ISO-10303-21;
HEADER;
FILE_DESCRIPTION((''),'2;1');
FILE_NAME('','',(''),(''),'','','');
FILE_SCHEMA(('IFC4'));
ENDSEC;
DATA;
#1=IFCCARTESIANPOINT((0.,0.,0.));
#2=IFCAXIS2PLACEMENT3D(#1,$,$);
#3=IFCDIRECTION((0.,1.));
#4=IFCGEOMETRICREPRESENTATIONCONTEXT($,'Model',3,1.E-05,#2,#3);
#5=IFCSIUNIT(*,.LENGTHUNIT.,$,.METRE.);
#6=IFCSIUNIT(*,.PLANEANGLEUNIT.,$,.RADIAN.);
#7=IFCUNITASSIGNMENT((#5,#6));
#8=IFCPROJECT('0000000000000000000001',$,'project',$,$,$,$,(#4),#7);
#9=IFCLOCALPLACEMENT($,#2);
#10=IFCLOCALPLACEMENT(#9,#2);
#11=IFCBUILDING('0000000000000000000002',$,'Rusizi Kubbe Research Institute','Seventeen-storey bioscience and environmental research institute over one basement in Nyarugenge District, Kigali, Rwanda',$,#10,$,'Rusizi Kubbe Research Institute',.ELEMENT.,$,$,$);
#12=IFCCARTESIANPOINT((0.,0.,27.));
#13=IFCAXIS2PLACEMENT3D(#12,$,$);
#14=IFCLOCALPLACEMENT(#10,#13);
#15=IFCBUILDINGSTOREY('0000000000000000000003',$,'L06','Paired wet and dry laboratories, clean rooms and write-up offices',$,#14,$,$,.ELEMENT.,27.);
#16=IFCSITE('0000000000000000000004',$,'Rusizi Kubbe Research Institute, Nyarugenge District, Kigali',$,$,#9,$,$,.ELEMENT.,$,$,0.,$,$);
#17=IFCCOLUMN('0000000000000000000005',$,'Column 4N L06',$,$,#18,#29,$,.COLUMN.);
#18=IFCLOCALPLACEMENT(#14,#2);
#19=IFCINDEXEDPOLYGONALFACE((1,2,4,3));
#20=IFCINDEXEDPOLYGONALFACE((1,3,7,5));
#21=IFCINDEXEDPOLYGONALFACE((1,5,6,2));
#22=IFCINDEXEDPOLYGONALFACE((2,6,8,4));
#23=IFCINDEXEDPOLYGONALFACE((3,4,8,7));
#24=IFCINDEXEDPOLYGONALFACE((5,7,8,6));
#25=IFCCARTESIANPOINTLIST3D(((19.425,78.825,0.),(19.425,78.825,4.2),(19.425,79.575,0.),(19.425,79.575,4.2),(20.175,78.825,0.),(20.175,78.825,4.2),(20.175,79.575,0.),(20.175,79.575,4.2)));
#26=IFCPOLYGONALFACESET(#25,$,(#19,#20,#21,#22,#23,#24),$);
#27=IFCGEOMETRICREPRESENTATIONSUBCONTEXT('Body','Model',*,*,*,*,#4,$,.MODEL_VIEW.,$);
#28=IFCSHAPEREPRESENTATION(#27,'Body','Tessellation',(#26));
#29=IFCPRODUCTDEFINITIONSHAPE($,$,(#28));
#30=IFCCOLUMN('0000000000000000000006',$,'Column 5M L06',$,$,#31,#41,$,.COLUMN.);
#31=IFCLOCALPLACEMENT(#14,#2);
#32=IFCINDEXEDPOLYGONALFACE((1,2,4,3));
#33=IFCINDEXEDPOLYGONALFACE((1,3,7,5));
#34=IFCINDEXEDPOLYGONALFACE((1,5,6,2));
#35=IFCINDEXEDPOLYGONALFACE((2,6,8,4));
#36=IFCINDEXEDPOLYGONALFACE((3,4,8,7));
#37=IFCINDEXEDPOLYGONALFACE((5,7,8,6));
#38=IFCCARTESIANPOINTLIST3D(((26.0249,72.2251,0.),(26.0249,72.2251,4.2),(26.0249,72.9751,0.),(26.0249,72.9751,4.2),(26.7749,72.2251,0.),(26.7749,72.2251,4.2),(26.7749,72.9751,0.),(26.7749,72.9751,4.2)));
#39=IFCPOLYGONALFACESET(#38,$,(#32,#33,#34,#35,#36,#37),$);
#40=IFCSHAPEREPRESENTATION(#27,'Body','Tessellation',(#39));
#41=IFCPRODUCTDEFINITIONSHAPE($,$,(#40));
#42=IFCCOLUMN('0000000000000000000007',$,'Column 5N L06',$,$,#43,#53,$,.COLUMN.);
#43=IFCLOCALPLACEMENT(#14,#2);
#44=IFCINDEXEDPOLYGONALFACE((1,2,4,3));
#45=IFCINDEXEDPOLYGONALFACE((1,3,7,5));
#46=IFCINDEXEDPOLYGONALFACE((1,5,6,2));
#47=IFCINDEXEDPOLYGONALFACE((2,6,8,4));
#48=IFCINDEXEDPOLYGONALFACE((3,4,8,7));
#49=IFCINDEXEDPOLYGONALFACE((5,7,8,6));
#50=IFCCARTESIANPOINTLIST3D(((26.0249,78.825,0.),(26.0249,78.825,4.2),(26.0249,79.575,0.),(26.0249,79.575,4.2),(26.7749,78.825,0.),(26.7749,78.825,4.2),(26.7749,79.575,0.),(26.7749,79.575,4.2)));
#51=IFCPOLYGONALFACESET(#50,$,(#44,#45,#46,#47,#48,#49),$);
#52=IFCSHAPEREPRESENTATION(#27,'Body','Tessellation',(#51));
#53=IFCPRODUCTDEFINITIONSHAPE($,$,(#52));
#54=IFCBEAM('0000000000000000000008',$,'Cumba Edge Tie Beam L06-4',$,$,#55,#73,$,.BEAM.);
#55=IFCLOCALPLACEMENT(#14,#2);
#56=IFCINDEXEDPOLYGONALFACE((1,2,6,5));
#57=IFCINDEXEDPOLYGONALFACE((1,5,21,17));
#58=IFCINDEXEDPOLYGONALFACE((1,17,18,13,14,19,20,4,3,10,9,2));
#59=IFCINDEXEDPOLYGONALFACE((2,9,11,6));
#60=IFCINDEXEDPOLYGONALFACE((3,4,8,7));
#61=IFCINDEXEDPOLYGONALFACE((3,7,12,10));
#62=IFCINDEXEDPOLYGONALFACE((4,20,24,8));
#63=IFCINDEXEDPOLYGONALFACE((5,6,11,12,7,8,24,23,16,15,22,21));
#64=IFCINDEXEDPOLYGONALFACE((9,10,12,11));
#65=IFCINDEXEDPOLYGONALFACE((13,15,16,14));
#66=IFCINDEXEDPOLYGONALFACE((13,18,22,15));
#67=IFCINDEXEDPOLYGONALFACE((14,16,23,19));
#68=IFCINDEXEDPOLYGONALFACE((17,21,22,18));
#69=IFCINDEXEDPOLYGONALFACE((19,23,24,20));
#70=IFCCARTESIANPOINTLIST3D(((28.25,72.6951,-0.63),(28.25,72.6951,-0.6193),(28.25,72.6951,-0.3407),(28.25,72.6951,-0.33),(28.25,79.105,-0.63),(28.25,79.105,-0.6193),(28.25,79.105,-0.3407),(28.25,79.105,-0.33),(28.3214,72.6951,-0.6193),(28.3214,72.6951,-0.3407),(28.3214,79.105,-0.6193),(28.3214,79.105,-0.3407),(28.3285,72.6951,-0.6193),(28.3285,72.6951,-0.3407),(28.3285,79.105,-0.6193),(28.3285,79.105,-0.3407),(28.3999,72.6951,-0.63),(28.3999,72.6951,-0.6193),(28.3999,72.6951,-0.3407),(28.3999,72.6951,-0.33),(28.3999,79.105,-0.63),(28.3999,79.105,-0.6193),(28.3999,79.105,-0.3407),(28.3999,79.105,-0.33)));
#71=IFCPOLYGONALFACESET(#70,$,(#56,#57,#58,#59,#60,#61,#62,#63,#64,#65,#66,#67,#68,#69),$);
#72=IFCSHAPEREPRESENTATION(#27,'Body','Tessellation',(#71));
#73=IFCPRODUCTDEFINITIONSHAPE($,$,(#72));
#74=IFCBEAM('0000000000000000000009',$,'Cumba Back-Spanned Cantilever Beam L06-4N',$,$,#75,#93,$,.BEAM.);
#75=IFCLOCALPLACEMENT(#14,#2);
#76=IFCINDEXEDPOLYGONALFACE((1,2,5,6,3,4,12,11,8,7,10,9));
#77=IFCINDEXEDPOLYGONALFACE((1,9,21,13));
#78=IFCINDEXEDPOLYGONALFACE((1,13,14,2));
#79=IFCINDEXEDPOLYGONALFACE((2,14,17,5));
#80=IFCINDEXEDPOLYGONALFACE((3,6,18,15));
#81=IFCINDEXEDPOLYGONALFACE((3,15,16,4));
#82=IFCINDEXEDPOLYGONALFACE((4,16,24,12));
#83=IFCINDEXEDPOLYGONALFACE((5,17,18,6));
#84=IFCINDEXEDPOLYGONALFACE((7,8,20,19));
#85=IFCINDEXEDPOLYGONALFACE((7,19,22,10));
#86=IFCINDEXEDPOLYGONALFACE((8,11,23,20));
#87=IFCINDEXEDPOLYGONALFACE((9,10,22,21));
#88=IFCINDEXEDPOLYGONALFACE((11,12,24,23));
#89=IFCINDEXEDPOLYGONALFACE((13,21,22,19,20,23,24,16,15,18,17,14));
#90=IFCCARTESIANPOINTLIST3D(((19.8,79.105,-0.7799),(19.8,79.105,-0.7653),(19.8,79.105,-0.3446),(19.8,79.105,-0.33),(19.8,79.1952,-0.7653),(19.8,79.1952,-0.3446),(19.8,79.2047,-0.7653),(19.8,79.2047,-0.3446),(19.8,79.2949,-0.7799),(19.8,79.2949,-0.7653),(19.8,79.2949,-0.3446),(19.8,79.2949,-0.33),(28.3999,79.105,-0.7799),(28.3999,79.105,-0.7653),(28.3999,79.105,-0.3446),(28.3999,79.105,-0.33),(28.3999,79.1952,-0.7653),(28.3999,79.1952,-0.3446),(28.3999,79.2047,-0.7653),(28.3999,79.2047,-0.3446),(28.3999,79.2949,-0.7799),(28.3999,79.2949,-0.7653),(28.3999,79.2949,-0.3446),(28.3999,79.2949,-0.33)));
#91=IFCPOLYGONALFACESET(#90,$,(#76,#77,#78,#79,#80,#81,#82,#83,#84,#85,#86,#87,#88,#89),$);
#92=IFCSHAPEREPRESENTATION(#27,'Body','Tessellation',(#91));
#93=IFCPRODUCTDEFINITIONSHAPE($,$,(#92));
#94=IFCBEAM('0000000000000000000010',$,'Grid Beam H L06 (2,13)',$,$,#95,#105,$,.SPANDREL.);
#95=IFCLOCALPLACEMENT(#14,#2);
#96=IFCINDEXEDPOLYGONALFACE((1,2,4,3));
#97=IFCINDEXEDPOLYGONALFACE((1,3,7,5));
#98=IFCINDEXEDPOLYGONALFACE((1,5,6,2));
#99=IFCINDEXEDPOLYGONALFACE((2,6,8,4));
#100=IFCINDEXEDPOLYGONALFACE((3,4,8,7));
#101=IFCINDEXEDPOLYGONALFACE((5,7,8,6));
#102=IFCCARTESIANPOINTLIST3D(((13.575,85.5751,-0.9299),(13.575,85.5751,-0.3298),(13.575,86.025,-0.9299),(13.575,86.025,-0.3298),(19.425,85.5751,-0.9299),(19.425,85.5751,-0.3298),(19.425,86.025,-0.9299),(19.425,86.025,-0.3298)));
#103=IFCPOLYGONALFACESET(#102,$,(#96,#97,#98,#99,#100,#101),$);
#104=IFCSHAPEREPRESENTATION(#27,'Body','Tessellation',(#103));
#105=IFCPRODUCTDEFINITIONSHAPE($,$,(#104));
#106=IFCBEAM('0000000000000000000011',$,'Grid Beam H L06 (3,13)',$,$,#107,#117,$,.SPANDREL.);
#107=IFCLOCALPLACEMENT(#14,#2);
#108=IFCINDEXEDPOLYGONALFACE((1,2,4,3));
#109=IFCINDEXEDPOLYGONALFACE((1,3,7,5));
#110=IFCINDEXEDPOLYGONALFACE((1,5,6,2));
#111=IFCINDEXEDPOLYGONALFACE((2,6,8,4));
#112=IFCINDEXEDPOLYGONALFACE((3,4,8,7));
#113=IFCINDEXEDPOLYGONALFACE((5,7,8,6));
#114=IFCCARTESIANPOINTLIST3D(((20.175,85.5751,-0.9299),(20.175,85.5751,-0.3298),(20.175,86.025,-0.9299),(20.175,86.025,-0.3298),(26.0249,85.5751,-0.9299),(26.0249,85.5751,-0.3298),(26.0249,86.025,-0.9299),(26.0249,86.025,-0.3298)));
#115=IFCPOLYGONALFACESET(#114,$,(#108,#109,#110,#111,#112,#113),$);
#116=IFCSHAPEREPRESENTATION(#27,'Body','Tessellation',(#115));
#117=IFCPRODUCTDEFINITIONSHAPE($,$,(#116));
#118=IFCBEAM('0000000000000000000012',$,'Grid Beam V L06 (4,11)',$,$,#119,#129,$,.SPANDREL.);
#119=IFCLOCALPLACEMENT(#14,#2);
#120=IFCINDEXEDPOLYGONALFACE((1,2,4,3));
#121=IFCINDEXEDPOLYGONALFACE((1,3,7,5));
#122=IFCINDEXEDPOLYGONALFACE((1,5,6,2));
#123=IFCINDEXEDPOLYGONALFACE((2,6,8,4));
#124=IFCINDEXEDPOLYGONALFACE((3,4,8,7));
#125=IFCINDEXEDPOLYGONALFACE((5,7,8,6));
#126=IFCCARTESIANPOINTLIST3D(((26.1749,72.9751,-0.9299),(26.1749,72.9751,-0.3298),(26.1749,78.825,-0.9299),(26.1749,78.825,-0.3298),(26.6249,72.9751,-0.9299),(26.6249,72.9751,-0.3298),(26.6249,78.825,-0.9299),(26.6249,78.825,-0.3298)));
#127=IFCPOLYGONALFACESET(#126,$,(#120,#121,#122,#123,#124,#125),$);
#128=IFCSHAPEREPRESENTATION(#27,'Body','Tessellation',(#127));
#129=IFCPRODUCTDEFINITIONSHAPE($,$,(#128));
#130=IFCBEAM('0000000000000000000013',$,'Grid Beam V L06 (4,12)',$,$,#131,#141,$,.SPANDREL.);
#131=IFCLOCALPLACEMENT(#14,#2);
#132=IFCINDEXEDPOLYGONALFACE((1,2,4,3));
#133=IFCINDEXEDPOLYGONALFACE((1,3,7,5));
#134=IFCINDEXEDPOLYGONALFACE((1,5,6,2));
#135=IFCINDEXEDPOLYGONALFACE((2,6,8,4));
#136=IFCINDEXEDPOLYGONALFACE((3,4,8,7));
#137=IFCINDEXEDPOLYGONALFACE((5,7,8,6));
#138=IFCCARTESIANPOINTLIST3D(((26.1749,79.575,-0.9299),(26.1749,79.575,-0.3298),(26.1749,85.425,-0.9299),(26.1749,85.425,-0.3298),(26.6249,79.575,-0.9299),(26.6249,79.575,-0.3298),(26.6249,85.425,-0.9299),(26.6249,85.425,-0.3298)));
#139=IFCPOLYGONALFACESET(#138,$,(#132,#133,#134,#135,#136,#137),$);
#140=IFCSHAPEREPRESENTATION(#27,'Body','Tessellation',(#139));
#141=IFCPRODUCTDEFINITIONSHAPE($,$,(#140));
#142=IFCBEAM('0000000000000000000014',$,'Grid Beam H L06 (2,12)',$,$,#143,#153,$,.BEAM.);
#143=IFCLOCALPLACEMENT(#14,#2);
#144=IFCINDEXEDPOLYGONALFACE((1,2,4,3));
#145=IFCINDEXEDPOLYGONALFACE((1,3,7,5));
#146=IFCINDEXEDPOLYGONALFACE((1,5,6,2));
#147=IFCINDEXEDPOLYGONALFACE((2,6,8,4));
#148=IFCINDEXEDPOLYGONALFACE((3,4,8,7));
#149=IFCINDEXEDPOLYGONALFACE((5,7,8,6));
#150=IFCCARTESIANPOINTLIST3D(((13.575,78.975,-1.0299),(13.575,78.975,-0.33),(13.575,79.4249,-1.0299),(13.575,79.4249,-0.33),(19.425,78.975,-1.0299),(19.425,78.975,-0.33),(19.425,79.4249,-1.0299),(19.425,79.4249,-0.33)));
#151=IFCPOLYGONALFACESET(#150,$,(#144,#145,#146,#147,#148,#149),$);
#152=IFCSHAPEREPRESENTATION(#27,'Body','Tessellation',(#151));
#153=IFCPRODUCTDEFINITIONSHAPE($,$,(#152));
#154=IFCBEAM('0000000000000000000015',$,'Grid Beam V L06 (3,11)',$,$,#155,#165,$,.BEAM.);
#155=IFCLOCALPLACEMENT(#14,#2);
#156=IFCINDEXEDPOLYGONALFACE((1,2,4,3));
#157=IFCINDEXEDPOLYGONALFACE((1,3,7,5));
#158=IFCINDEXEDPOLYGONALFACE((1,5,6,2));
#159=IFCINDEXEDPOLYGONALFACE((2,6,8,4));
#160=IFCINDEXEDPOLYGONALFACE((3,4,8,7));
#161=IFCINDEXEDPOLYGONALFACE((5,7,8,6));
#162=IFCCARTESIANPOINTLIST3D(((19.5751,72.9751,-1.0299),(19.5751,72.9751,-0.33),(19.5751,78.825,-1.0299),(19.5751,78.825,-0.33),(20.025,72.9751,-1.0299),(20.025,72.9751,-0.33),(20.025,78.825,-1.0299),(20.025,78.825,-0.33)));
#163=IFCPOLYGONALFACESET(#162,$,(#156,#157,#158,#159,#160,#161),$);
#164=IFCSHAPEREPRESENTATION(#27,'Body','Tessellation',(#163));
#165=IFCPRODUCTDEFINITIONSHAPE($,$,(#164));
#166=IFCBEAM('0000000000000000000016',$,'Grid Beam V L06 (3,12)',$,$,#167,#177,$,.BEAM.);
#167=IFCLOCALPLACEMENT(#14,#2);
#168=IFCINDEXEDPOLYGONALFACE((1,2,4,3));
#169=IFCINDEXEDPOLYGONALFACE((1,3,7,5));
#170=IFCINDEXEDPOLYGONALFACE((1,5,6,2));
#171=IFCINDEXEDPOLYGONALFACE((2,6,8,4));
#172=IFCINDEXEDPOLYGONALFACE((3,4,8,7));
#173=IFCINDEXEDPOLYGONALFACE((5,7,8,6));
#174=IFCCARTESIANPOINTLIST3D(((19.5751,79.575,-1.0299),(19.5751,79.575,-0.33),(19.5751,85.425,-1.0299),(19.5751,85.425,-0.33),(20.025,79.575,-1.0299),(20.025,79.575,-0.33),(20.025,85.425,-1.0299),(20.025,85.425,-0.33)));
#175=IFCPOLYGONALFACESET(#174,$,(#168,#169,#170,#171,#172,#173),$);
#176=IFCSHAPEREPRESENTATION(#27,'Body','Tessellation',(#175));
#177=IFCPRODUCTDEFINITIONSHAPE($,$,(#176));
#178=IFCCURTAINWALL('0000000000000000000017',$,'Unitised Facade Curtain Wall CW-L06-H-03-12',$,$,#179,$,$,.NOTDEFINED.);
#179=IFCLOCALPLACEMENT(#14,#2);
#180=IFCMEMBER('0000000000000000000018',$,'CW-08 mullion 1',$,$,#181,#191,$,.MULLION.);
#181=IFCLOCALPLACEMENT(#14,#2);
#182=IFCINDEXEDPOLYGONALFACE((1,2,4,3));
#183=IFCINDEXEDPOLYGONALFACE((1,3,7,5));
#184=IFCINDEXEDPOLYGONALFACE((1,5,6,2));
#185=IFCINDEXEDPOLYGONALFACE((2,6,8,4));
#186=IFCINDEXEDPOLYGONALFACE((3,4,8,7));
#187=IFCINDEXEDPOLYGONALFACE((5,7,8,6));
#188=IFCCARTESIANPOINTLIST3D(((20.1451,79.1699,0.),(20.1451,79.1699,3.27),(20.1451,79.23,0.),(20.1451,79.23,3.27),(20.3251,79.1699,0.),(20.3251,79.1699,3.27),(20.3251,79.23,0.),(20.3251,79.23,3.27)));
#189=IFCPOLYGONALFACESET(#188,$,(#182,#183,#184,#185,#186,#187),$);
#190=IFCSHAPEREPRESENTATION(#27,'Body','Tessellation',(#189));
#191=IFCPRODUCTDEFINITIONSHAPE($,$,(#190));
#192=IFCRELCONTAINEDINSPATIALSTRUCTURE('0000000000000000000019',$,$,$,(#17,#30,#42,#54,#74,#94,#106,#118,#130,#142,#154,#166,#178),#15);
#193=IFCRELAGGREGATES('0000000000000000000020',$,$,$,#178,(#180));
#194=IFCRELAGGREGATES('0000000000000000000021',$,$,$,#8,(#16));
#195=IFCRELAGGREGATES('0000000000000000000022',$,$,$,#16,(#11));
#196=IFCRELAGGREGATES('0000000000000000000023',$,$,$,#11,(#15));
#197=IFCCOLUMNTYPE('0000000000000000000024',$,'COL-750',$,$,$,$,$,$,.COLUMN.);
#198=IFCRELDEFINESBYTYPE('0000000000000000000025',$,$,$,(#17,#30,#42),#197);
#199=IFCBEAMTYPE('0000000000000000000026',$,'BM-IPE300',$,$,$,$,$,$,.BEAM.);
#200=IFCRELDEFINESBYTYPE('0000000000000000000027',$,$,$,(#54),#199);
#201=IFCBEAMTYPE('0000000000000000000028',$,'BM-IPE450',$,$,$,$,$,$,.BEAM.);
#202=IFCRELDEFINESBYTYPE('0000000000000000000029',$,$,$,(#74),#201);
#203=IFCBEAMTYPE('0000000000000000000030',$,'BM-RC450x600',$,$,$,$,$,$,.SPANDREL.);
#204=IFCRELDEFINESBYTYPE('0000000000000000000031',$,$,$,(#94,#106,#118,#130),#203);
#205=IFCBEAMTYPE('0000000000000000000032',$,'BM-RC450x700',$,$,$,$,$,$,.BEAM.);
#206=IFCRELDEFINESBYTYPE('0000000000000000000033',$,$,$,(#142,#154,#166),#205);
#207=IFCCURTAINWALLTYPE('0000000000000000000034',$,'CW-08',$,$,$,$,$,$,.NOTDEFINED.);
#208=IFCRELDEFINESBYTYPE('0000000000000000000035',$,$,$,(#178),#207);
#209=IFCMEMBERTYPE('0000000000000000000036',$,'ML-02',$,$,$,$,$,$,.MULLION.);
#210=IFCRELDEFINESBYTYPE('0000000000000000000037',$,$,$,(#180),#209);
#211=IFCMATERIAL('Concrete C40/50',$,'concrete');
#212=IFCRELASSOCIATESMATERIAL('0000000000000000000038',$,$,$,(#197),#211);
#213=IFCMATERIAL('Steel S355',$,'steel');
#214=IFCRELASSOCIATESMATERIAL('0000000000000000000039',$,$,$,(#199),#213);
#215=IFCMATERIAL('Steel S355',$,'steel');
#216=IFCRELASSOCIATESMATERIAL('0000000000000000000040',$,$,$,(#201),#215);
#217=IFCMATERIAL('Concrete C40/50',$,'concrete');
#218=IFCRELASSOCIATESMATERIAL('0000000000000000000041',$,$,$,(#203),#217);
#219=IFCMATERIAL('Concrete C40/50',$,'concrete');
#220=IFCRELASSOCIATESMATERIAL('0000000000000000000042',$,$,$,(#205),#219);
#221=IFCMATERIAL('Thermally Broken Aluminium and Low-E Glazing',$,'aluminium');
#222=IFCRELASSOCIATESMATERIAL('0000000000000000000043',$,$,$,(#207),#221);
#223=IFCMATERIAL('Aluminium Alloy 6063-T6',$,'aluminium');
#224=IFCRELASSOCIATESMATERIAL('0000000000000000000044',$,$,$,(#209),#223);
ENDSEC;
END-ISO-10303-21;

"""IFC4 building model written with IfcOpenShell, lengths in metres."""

from ifc_helpers import new_model, si_unit, direction, frame, origin, origin_2d, place, context, subcontext, project, spatial, rectangle, i_section, extrude, material, material_profile, profile_set, type_object, element, aggregate, save


model = new_model("IFC4")

# Units and contexts
model_context = context("Model", 3, precision=1e-05, world=origin(), true_north=direction((0.0, 1.0)))
body_context = subcontext(model_context, "Body", "Model", "MODEL_VIEW")
ifc_project = project(units=[si_unit("LENGTHUNIT", "METRE"), si_unit("PLANEANGLEUNIT", "RADIAN")], contexts=[model_context])

# Site, building, storey
site_placement = place(None, origin())
site = spatial("IfcSite", under=ifc_project, at=site_placement, Name="Rusizi Kubbe Research Institute, Nyarugenge District, Kigali", CompositionType="ELEMENT", RefElevation=0.0)
building_placement = place(site_placement, origin())
building = spatial("IfcBuilding", under=site, at=building_placement, Name="Rusizi Kubbe Research Institute", Description="Seventeen-storey bioscience and environmental research institute over one basement in Nyarugenge District, Kigali, Rwanda", LongName="Rusizi Kubbe Research Institute", CompositionType="ELEMENT")
storey_placement = place(building_placement, frame((0.0, 0.0, 27.0)))
storey = spatial("IfcBuildingStorey", under=building, at=storey_placement, Name="L06", Description="Paired wet and dry laboratories, clean rooms and write-up offices", CompositionType="ELEMENT", Elevation=27.0)

# Columns
ifc_material_1 = material(Name="Concrete C40/50", Category="concrete")
ifc_material_profile_1 = material_profile(ifc_material_1, rectangle(XDim=0.75, YDim=0.75, at=origin_2d()), Name="RC750x750")
ifc_profile_set_1 = profile_set([ifc_material_profile_1], Name="Concrete C40/50")
column_type = type_object("IfcColumnType", Name="COL-750", PredefinedType="COLUMN", material=ifc_profile_set_1)
for number, where, z_axis, x_axis, name in (
    (1, (19.8, 79.2, 0.0), (0.0, 0.0, 1.0), (1.0, 0.0, 0.0), "Column 4N L06"),
    (2, (26.3999, 72.6001, 0.0), (0.0, 0.0, 1.0), (1.0, 0.0, 0.0), "Column 5M L06"),
    (3, (26.3999, 79.2, 0.0), (0.0, 0.0, 1.0), (1.0, 0.0, 0.0), "Column 5N L06"),
):
    element("IfcColumn", number, at=place(storey_placement, frame(where, z_axis=z_axis, x_axis=x_axis)), inside=storey, type_object=column_type, Name=name, PredefinedType="COLUMN", context=body_context, shape_type="SweptSolid", body=[
        extrude(rectangle(XDim=0.75, YDim=0.75, at=origin_2d()), origin(), (0.0, 0.0, 1.0), 4.2),
    ])

# Beams
ifc_material_2 = material(Name="Steel S355", Category="steel")
ifc_material_profile_2 = material_profile(ifc_material_2, i_section(OverallWidth=0.1499, OverallDepth=0.3, WebThickness=0.0071, FlangeThickness=0.0107, at=origin_2d()), Name="IPE 300")
ifc_profile_set_2 = profile_set([ifc_material_profile_2], Name="Steel S355")
beam_type_1 = type_object("IfcBeamType", Name="BM-IPE300", PredefinedType="BEAM", material=ifc_profile_set_2)
beam_1_placement = place(storey_placement, frame((28.325, 72.6951, -0.48), z_axis=(0.0, 1.0, 0.0), x_axis=(-1.0, 0.0, 0.0)))
element("IfcBeam", 4, at=beam_1_placement, inside=storey, type_object=beam_type_1, Name="Cumba Edge Tie Beam L06-4", PredefinedType="BEAM", context=body_context, shape_type="SweptSolid", body=[
    extrude(i_section(OverallWidth=0.1499, OverallDepth=0.3, WebThickness=0.0071, FlangeThickness=0.0107, at=origin_2d()), origin(), (0.0, 0.0, 1.0), 6.4099),
])
ifc_material_3 = material(Name="Steel S355", Category="steel")
ifc_material_profile_3 = material_profile(ifc_material_3, i_section(OverallWidth=0.1899, OverallDepth=0.45, WebThickness=0.0095, FlangeThickness=0.0146, at=origin_2d()), Name="IPE 450")
ifc_profile_set_3 = profile_set([ifc_material_profile_3], Name="Steel S355")
beam_type_2 = type_object("IfcBeamType", Name="BM-IPE450", PredefinedType="BEAM", material=ifc_profile_set_3)
beam_2_placement = place(storey_placement, frame((19.8, 79.2, -0.5549), z_axis=(1.0, 0.0, 0.0), x_axis=(0.0, 1.0, 0.0)))
element("IfcBeam", 5, at=beam_2_placement, inside=storey, type_object=beam_type_2, Name="Cumba Back-Spanned Cantilever Beam L06-4N", PredefinedType="BEAM", context=body_context, shape_type="SweptSolid", body=[
    extrude(i_section(OverallWidth=0.1899, OverallDepth=0.45, WebThickness=0.0095, FlangeThickness=0.0146, at=origin_2d()), origin(), (0.0, 0.0, 1.0), 8.5999),
])
ifc_material_4 = material(Name="Concrete C40/50", Category="concrete")
ifc_material_profile_4 = material_profile(ifc_material_4, rectangle(XDim=0.45, YDim=0.6001, at=origin_2d()), Name="RC450x600")
ifc_profile_set_4 = profile_set([ifc_material_profile_4], Name="Concrete C40/50")
beam_type_3 = type_object("IfcBeamType", Name="BM-RC450x600", PredefinedType="SPANDREL", material=ifc_profile_set_4)
beam_3_placement = place(storey_placement, frame((13.575, 85.8, -0.6299), z_axis=(1.0, 0.0, 0.0), x_axis=(0.0, 1.0, 0.0)))
element("IfcBeam", 6, at=beam_3_placement, inside=storey, type_object=beam_type_3, Name="Grid Beam H L06 (2,13)", PredefinedType="SPANDREL", context=body_context, shape_type="SweptSolid", body=[
    extrude(rectangle(XDim=0.45, YDim=0.6001, at=origin_2d()), origin(), (0.0, 0.0, 1.0), 5.8501),
])
for number, where, z_axis, x_axis, name in (
    (7, (20.175, 85.8, -0.6299), (1.0, 0.0, 0.0), (0.0, 1.0, 0.0), "Grid Beam H L06 (3,13)"),
    (8, (26.3999, 72.9751, -0.6299), (0.0, 1.0, 0.0), (-1.0, 0.0, 0.0), "Grid Beam V L06 (4,11)"),
):
    element("IfcBeam", number, at=place(storey_placement, frame(where, z_axis=z_axis, x_axis=x_axis)), inside=storey, type_object=beam_type_3, Name=name, PredefinedType="SPANDREL", context=body_context, shape_type="SweptSolid", body=[
        extrude(rectangle(XDim=0.45, YDim=0.6001, at=origin_2d()), origin(), (0.0, 0.0, 1.0), 5.8499),
    ])
beam_4_placement = place(storey_placement, frame((26.3999, 79.575, -0.6299), z_axis=(0.0, 1.0, 0.0), x_axis=(-1.0, 0.0, 0.0)))
element("IfcBeam", 9, at=beam_4_placement, inside=storey, type_object=beam_type_3, Name="Grid Beam V L06 (4,12)", PredefinedType="SPANDREL", context=body_context, shape_type="SweptSolid", body=[
    extrude(rectangle(XDim=0.45, YDim=0.6001, at=origin_2d()), origin(), (0.0, 0.0, 1.0), 5.8501),
])
ifc_material_5 = material(Name="Concrete C40/50", Category="concrete")
ifc_material_profile_5 = material_profile(ifc_material_5, rectangle(XDim=0.45, YDim=0.7, at=origin_2d()), Name="RC450x700B")
ifc_profile_set_5 = profile_set([ifc_material_profile_5], Name="Concrete C40/50")
beam_type_4 = type_object("IfcBeamType", Name="BM-RC450x700", PredefinedType="BEAM", material=ifc_profile_set_5)
beam_5_placement = place(storey_placement, frame((13.575, 79.2, -0.6799), z_axis=(1.0, 0.0, 0.0), x_axis=(0.0, 1.0, 0.0)))
element("IfcBeam", 10, at=beam_5_placement, inside=storey, type_object=beam_type_4, Name="Grid Beam H L06 (2,12)", PredefinedType="BEAM", context=body_context, shape_type="SweptSolid", body=[
    extrude(rectangle(XDim=0.45, YDim=0.7, at=origin_2d()), origin(), (0.0, 0.0, 1.0), 5.8501),
])
beam_6_placement = place(storey_placement, frame((19.8, 72.9751, -0.6799), z_axis=(0.0, 1.0, 0.0), x_axis=(-1.0, 0.0, 0.0)))
element("IfcBeam", 11, at=beam_6_placement, inside=storey, type_object=beam_type_4, Name="Grid Beam V L06 (3,11)", PredefinedType="BEAM", context=body_context, shape_type="SweptSolid", body=[
    extrude(rectangle(XDim=0.45, YDim=0.7, at=origin_2d()), origin(), (0.0, 0.0, 1.0), 5.8499),
])
beam_7_placement = place(storey_placement, frame((19.8, 79.575, -0.6799), z_axis=(0.0, 1.0, 0.0), x_axis=(-1.0, 0.0, 0.0)))
element("IfcBeam", 12, at=beam_7_placement, inside=storey, type_object=beam_type_4, Name="Grid Beam V L06 (3,12)", PredefinedType="BEAM", context=body_context, shape_type="SweptSolid", body=[
    extrude(rectangle(XDim=0.45, YDim=0.7, at=origin_2d()), origin(), (0.0, 0.0, 1.0), 5.8501),
])

# Curtain wall, member
ifc_material_6 = material(Name="Thermally Broken Aluminium and Low-E Glazing", Category="aluminium")
curtain_wall_type_1 = type_object("IfcCurtainWallType", Name="CW-08", PredefinedType="NOTDEFINED", material=ifc_material_6)
curtain_wall_1_placement = place(storey_placement, origin())
curtain_wall_1 = element("IfcCurtainWall", 13, at=curtain_wall_1_placement, inside=storey, type_object=curtain_wall_type_1, Name="Unitised Facade Curtain Wall CW-L06-H-03-12", PredefinedType="NOTDEFINED")
ifc_material_7 = material(Name="Aluminium Alloy 6063-T6", Category="aluminium")
ifc_material_profile_6 = material_profile(ifc_material_7, rectangle(XDim=0.0601, YDim=0.1799, at=origin_2d()), Name="ALU-M 60x180")
ifc_profile_set_6 = profile_set([ifc_material_profile_6], Name="Aluminium Alloy 6063-T6")
member_type_1 = type_object("IfcMemberType", Name="ML-02", PredefinedType="MULLION", material=ifc_profile_set_6)
member_1_placement = place(storey_placement, frame((20.2351, 79.2, 0.0), z_axis=(0.0, 0.0, 1.0), x_axis=(0.0, 1.0, 0.0)))
member_1 = element("IfcMember", 14, at=member_1_placement, type_object=member_type_1, Name="CW-08 mullion 1", PredefinedType="MULLION", context=body_context, shape_type="SweptSolid", body=[
    extrude(rectangle(XDim=0.0601, YDim=0.1799, at=origin_2d()), origin(), (0.0, 0.0, 1.0), 3.27),
])

aggregate(curtain_wall_1, [member_1])

save(model, "model.ifc")
